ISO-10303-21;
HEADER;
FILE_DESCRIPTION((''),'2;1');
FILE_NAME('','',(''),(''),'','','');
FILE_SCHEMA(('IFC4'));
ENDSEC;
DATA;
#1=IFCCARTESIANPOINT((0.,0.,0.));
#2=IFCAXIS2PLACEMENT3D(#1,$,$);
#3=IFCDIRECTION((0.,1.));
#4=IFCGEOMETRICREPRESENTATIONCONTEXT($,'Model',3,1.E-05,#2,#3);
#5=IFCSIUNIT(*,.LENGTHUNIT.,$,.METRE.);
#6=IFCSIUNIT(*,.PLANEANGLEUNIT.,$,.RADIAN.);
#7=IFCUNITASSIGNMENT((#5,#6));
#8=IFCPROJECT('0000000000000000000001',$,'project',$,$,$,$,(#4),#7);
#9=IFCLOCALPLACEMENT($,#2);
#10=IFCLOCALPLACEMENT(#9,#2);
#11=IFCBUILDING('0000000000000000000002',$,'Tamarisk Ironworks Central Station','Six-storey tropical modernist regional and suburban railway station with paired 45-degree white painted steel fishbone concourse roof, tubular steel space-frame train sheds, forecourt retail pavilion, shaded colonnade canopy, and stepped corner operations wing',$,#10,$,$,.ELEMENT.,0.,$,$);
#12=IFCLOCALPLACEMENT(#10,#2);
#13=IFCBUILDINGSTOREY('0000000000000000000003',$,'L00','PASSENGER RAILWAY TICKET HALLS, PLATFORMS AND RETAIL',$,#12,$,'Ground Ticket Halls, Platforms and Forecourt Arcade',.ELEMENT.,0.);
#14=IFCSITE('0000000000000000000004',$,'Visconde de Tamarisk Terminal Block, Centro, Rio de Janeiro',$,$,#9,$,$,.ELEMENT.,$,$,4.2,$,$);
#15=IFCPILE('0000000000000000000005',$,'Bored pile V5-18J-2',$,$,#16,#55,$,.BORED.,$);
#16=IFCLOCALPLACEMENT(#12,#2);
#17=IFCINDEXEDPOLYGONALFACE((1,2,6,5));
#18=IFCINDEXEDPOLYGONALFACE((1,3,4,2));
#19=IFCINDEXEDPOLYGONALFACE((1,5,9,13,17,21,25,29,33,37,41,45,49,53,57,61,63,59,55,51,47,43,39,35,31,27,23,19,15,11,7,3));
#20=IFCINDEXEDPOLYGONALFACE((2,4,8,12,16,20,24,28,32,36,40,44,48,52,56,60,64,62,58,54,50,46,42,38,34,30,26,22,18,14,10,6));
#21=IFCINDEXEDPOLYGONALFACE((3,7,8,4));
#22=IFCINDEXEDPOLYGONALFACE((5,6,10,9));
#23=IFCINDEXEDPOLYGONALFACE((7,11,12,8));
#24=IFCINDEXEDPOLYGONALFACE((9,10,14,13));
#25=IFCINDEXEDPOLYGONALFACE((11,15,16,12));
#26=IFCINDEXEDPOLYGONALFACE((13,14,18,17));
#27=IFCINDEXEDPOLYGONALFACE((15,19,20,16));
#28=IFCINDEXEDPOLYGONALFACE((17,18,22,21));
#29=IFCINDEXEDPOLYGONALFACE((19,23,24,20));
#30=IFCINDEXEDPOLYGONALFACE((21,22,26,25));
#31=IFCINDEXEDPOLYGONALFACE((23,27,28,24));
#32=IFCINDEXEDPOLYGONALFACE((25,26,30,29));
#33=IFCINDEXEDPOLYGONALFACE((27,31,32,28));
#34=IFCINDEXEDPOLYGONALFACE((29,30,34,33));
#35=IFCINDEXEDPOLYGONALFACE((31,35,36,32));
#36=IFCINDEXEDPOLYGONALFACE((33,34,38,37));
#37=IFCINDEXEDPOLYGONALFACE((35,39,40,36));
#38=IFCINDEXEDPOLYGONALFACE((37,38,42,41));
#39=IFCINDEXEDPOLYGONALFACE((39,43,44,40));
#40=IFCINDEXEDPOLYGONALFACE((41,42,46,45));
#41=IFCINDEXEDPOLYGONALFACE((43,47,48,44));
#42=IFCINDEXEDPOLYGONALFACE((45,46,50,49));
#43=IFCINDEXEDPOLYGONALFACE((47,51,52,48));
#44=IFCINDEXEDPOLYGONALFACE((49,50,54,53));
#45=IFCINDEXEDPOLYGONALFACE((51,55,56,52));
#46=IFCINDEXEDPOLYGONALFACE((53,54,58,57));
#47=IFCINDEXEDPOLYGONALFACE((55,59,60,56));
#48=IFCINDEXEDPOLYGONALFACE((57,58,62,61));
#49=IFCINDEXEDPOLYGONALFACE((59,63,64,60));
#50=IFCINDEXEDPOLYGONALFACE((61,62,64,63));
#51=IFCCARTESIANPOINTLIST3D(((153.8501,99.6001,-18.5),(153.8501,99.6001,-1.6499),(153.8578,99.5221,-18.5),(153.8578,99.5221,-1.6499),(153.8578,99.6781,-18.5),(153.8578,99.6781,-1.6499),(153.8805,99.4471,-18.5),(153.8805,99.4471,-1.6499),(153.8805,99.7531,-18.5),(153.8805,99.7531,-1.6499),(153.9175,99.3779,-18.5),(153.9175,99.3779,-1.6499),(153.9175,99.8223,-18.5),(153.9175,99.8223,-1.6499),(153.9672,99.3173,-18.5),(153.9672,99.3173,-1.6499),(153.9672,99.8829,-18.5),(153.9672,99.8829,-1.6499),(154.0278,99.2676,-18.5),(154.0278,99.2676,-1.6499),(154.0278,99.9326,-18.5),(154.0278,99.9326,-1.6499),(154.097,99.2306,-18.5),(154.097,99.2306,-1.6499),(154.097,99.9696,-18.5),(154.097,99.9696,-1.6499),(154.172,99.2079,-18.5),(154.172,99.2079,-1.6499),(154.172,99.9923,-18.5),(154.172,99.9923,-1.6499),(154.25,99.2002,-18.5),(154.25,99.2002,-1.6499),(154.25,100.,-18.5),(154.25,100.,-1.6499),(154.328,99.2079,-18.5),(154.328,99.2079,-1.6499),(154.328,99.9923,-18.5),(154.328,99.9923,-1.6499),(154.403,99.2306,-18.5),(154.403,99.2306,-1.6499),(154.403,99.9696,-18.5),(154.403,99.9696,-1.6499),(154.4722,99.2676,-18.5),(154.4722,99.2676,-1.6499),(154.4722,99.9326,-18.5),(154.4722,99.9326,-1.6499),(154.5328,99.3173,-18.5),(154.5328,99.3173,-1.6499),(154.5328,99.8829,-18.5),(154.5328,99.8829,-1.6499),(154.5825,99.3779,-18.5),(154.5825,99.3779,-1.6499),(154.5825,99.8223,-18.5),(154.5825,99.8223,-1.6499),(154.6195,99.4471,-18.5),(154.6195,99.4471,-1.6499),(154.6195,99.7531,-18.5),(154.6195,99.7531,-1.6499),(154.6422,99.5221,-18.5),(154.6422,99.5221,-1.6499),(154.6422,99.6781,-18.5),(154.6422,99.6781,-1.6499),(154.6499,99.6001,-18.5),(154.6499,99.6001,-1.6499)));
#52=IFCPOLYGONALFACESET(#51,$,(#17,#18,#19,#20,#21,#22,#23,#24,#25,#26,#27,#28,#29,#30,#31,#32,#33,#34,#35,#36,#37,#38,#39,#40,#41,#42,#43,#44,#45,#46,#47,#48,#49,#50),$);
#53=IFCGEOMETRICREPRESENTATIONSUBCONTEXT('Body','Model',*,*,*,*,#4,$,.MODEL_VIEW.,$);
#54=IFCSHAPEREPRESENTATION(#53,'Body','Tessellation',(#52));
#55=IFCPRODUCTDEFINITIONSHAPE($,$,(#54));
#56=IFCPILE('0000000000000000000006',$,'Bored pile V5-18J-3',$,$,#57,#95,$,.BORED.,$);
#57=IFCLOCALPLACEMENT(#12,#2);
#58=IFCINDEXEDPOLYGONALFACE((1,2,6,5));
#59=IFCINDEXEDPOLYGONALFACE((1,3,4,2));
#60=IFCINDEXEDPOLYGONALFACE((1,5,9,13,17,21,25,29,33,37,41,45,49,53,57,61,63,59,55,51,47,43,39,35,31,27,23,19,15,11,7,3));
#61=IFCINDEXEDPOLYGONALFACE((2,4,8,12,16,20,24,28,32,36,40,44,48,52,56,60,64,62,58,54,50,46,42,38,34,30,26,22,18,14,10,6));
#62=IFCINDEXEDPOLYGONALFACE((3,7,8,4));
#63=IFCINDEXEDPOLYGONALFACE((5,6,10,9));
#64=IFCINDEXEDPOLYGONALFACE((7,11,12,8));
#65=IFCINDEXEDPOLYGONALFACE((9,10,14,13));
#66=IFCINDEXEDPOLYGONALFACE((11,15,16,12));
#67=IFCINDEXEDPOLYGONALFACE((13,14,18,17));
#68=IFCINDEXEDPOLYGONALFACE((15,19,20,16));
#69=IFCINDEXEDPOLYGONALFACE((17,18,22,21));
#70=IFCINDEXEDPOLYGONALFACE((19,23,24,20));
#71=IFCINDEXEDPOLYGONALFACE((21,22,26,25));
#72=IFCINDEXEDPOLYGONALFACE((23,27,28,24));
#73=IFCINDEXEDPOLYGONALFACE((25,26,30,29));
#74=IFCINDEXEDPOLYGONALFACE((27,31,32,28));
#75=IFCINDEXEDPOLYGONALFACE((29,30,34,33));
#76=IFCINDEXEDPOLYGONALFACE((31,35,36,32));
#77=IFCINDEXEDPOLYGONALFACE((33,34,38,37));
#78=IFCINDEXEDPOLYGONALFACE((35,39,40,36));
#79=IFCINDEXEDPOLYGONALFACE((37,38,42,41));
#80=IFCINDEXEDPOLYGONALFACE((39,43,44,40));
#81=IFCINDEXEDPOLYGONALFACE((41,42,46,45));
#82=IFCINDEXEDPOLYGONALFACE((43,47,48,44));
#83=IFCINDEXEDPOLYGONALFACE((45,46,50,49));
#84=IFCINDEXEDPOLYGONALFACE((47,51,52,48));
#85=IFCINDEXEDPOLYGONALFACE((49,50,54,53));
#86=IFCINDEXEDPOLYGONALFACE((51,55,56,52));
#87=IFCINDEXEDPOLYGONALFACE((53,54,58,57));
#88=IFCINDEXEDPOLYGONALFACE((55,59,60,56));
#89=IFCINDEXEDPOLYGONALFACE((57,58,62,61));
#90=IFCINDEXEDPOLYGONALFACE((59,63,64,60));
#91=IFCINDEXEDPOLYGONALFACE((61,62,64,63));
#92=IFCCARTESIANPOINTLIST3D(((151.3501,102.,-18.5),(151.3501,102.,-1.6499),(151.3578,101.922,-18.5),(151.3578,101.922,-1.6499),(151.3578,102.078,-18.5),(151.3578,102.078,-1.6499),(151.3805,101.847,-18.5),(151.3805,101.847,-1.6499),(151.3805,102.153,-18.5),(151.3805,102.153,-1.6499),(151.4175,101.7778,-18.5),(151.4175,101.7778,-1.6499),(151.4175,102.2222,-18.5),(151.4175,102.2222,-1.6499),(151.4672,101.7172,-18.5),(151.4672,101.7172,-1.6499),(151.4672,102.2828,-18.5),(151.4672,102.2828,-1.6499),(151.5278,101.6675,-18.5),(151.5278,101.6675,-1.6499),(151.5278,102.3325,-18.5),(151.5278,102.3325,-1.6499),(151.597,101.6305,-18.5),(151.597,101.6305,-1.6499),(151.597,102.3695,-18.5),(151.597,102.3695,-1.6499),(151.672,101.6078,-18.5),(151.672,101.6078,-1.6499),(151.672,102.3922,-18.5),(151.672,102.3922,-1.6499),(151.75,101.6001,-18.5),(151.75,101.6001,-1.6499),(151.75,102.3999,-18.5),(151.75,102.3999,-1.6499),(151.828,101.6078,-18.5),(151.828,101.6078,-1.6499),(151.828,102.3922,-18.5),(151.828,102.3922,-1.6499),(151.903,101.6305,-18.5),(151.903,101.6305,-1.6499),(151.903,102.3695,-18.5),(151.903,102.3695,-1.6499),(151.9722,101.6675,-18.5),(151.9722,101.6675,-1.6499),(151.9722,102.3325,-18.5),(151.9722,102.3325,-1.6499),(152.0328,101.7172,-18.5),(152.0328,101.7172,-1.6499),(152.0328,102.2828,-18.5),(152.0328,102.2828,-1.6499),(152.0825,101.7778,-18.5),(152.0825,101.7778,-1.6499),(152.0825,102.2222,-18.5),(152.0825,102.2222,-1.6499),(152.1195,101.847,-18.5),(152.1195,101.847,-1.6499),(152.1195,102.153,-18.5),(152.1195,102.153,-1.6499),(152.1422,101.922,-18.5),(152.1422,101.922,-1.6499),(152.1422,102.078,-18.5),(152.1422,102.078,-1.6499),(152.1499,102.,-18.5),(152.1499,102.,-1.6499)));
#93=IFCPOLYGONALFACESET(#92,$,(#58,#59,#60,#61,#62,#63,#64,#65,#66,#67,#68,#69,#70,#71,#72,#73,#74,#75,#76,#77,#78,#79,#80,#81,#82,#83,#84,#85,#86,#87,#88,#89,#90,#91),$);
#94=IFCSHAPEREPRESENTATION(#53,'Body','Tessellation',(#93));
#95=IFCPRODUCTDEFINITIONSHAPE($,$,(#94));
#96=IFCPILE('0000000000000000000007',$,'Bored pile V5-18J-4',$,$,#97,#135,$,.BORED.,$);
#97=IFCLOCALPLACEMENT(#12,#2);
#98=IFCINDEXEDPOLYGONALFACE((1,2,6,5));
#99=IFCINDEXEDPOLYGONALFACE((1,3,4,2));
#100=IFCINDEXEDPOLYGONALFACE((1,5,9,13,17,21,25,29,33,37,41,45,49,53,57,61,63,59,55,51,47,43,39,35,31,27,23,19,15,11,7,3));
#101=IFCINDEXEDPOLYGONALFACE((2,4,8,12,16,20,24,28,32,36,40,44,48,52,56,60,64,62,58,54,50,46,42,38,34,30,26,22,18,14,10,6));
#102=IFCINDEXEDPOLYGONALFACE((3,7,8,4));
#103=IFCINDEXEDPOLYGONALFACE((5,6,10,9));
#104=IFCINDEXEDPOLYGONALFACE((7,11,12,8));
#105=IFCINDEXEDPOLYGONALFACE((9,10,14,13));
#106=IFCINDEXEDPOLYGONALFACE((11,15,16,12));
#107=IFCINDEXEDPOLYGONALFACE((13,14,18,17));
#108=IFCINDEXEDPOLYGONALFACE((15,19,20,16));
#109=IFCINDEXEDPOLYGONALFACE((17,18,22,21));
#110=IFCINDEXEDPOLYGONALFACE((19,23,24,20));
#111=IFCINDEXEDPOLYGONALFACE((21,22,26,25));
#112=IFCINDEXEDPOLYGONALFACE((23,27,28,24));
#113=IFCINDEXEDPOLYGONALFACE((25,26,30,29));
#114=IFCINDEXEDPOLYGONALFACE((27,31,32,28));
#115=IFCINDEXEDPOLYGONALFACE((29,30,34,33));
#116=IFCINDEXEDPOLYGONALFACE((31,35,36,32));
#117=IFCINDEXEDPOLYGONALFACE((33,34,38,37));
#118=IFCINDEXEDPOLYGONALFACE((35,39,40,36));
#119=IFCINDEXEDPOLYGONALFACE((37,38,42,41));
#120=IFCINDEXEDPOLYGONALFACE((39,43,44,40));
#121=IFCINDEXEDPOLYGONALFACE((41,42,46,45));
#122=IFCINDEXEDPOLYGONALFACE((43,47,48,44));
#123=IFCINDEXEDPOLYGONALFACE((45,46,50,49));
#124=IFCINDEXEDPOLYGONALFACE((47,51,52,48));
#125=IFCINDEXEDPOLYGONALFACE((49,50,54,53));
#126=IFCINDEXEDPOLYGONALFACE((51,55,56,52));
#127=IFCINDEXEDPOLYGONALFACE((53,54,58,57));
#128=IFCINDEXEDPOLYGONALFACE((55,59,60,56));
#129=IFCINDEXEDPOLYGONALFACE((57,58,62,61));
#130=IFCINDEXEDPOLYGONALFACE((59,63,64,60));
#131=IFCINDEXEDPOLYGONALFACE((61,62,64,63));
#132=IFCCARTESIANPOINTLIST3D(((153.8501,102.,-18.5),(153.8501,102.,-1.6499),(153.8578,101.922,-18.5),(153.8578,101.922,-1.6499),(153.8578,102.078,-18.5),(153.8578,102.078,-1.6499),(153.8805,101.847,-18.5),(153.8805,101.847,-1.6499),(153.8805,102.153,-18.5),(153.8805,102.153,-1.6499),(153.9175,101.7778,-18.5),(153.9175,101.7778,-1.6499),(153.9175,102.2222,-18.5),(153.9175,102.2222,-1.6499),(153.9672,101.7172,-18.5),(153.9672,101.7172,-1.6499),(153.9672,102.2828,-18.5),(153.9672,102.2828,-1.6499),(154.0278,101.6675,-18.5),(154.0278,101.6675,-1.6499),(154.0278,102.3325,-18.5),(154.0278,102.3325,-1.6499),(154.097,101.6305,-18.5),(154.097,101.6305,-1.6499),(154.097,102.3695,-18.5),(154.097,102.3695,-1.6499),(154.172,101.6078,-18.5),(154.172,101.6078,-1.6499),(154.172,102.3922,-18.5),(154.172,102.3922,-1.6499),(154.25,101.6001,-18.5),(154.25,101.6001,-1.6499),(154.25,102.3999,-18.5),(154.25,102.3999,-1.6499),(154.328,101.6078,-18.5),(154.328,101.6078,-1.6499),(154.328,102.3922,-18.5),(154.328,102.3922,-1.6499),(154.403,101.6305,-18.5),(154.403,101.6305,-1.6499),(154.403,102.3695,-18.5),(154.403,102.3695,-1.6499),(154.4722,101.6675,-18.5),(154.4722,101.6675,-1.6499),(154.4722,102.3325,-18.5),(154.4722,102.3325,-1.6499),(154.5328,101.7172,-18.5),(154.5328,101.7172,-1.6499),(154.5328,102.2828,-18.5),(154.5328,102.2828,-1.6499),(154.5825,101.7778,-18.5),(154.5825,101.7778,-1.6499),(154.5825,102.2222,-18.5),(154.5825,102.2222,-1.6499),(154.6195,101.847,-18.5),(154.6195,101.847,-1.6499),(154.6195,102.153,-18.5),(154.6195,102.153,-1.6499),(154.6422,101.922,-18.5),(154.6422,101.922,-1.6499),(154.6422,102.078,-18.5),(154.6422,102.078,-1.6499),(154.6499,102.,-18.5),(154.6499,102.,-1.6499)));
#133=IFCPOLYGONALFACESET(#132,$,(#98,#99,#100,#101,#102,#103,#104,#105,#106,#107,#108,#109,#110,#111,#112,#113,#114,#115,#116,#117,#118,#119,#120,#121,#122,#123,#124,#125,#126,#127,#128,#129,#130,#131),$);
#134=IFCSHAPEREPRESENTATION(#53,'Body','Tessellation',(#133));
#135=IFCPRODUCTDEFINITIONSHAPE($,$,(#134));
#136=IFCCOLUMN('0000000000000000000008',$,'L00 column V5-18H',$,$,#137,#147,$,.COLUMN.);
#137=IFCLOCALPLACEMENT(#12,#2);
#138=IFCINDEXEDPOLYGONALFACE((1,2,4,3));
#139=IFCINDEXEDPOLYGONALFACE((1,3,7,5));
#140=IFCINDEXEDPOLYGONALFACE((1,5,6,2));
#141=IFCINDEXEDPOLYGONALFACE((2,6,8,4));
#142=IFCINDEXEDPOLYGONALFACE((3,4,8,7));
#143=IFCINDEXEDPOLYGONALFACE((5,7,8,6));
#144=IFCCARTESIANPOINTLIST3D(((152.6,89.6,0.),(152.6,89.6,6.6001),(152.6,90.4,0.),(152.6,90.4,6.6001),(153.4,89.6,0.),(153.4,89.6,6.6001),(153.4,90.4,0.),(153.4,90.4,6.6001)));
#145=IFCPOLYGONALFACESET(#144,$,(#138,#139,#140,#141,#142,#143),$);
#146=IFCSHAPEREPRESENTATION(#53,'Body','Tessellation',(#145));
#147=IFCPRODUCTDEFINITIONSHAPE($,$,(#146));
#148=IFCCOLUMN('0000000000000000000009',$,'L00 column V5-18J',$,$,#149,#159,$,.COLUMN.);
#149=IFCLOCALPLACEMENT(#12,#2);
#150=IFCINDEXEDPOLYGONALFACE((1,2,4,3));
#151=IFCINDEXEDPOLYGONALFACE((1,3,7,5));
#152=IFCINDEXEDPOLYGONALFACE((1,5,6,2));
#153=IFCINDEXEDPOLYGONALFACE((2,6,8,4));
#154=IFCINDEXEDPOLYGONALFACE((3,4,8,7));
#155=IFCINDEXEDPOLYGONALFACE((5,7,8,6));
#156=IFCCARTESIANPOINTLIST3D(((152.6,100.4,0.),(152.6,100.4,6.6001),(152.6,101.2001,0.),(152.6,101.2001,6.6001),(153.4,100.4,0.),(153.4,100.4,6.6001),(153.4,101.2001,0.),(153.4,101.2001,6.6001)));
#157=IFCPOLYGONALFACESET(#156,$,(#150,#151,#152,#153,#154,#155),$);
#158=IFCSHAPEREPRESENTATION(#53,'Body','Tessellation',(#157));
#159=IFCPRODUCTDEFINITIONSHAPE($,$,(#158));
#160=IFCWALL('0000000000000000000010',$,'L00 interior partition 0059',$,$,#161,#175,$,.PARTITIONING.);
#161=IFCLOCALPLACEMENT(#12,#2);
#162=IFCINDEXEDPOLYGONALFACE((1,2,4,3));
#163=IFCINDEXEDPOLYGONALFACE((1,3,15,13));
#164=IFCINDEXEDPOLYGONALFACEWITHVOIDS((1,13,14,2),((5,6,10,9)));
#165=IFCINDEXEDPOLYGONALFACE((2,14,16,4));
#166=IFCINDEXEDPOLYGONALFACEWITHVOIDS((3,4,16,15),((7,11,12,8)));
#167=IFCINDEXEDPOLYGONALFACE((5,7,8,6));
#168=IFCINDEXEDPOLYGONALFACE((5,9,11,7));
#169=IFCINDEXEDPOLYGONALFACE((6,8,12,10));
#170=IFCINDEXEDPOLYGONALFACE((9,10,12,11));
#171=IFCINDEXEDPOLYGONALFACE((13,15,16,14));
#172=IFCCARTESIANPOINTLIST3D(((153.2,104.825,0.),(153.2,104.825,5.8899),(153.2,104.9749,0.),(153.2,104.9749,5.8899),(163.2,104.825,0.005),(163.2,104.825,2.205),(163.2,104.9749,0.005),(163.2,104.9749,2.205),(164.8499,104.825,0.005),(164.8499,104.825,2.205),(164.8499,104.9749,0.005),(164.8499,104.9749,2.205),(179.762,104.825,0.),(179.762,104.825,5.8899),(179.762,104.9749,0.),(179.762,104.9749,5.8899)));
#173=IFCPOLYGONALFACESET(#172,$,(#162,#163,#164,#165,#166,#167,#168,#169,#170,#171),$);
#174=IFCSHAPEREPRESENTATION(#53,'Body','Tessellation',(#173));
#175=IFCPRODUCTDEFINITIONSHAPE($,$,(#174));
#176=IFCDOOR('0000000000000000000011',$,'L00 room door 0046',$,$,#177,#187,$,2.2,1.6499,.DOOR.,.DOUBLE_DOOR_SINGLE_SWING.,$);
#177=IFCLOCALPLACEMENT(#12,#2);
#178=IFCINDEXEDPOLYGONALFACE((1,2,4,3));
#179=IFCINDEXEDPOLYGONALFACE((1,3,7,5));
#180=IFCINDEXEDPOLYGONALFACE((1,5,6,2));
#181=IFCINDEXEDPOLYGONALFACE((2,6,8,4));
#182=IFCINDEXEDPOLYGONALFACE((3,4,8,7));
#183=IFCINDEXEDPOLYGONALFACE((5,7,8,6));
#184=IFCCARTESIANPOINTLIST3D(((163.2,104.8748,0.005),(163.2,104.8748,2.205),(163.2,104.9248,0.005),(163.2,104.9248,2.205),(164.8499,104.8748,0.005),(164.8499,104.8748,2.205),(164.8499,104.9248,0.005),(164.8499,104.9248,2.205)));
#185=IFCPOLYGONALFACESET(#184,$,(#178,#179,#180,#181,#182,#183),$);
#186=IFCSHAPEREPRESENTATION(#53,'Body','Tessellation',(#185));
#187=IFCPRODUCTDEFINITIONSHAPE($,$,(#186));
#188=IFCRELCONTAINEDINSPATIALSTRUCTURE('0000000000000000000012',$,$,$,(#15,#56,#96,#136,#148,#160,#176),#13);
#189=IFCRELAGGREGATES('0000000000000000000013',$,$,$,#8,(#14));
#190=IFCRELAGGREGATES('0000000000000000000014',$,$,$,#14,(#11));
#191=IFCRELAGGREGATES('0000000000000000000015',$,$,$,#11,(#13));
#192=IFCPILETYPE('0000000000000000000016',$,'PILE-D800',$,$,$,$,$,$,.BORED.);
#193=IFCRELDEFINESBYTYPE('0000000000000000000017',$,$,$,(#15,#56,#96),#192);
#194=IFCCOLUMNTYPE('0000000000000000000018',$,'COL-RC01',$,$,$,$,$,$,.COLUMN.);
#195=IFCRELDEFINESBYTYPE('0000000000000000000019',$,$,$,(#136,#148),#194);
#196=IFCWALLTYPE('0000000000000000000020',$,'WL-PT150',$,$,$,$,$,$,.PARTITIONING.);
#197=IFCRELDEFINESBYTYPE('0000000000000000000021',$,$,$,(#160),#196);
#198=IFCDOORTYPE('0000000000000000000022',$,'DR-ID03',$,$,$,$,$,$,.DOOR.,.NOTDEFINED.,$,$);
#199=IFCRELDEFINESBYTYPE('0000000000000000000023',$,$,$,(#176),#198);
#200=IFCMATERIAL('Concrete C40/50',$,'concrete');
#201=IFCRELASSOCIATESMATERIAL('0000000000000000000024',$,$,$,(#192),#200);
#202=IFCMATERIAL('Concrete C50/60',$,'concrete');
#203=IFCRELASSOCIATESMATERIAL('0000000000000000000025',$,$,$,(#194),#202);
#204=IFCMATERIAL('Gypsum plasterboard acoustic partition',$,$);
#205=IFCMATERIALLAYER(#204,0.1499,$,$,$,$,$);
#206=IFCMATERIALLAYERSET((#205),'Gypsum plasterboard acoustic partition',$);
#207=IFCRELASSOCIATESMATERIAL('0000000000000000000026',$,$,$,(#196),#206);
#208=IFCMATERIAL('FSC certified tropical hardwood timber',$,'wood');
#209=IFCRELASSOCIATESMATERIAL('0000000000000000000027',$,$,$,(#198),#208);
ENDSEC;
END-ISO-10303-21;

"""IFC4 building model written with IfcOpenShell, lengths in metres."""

from ifc_helpers import new_model, si_unit, direction, frame, frame_2d, origin, origin_2d, place, context, subcontext, project, spatial, rectangle, circle, extrude, material, layer, layer_set, material_profile, profile_set, type_object, element, fill, save


model = new_model("IFC4")

# Units and contexts
model_context = context("Model", 3, precision=1e-05, world=origin(), true_north=direction((0.0, 1.0)))
body_context = subcontext(model_context, "Body", "Model", "MODEL_VIEW")
ifc_project = project(units=[si_unit("LENGTHUNIT", "METRE"), si_unit("PLANEANGLEUNIT", "RADIAN")], contexts=[model_context])

# Site, building, storey
site_placement = place(None, origin())
site = spatial("IfcSite", under=ifc_project, at=site_placement, Name="Visconde de Tamarisk Terminal Block, Centro, Rio de Janeiro", CompositionType="ELEMENT", RefElevation=4.2)
building_placement = place(site_placement, origin())
building = spatial("IfcBuilding", under=site, at=building_placement, Name="Tamarisk Ironworks Central Station", Description="Six-storey tropical modernist regional and suburban railway station with paired 45-degree white painted steel fishbone concourse roof, tubular steel space-frame train sheds, forecourt retail pavilion, shaded colonnade canopy, and stepped corner operations wing", CompositionType="ELEMENT", ElevationOfRefHeight=0.0)
storey_placement = place(building_placement, origin())
storey = spatial("IfcBuildingStorey", under=building, at=storey_placement, Name="L00", Description="PASSENGER RAILWAY TICKET HALLS, PLATFORMS AND RETAIL", LongName="Ground Ticket Halls, Platforms and Forecourt Arcade", CompositionType="ELEMENT", Elevation=0.0)

# Shared definitions
ifc_material_1 = material(Name="Concrete C40/50", Category="concrete")

# Piles
ifc_material_profile_1 = material_profile(ifc_material_1, circle(Radius=0.3999, at=origin_2d()), Name="BORED PILE D800")
ifc_profile_set_1 = profile_set([ifc_material_profile_1], Name="Concrete C40/50")
pile_type = type_object("IfcPileType", Name="PILE-D800", PredefinedType="BORED", material=ifc_profile_set_1)
for number, where, z_axis, x_axis, name in (
    (1, (154.25, 99.6001, -1.6499), (0.0, 0.0, -1.0), (1.0, 0.0, 0.0), "Bored pile V5-18J-2"),
    (2, (151.75, 102.0, -1.6499), (0.0, 0.0, -1.0), (1.0, 0.0, 0.0), "Bored pile V5-18J-3"),
    (3, (154.25, 102.0, -1.6499), (0.0, 0.0, -1.0), (1.0, 0.0, 0.0), "Bored pile V5-18J-4"),
):
    element("IfcPile", number, at=place(storey_placement, frame(where, z_axis=z_axis, x_axis=x_axis)), inside=storey, type_object=pile_type, Name=name, PredefinedType="BORED", context=body_context, shape_type="SweptSolid", body=[
        extrude(circle(Radius=0.3999, at=origin_2d()), origin(), (0.0, 0.0, 1.0), 16.8501),
    ])

# Columns
ifc_material_2 = material(Name="Concrete C50/60", Category="concrete")
ifc_material_profile_2 = material_profile(ifc_material_2, rectangle(XDim=0.8, YDim=0.8, at=origin_2d()), Name="RC 800x800")
ifc_profile_set_2 = profile_set([ifc_material_profile_2], Name="Concrete C50/60")
column_type = type_object("IfcColumnType", Name="COL-RC01", PredefinedType="COLUMN", material=ifc_profile_set_2)
for number, where, z_axis, x_axis, name in (
    (4, (153.0, 90.0, 0.0), (0.0, 0.0, 1.0), (1.0, 0.0, 0.0), "L00 column V5-18H"),
    (5, (153.0, 100.8, 0.0), (0.0, 0.0, 1.0), (1.0, 0.0, 0.0), "L00 column V5-18J"),
):
    element("IfcColumn", number, at=place(storey_placement, frame(where, z_axis=z_axis, x_axis=x_axis)), inside=storey, type_object=column_type, Name=name, PredefinedType="COLUMN", context=body_context, shape_type="SweptSolid", body=[
        extrude(rectangle(XDim=0.8, YDim=0.8, at=origin_2d()), origin(), (0.0, 0.0, 1.0), 6.6001),
    ])

# Wall, opening, door
ifc_material_3 = material(Name="Gypsum plasterboard acoustic partition")
ifc_layer_1 = layer(ifc_material_3, 0.1499)
ifc_layer_set_1 = layer_set([ifc_layer_1], Name="Gypsum plasterboard acoustic partition")
wall_type_1 = type_object("IfcWallType", Name="WL-PT150", PredefinedType="PARTITIONING", material=ifc_layer_set_1)
wall_1_placement = place(storey_placement, frame((153.2, 104.8999, 0.0), z_axis=(0.0, 0.0, 1.0), x_axis=(1.0, 0.0, 0.0)))
wall_1 = element("IfcWall", 6, at=wall_1_placement, inside=storey, type_object=wall_type_1, Name="L00 interior partition 0059", PredefinedType="PARTITIONING", context=body_context, shape_type="SweptSolid", body=[
    extrude(rectangle(XDim=26.562, YDim=0.1499, at=frame_2d((13.281, 0.0))), origin(), (0.0, 0.0, 1.0), 5.8899),
])
opening_1_placement = place(wall_1_placement, frame((10.0, 0.0, 0.0049)))
opening_1 = element("IfcOpeningElement", 7, at=opening_1_placement, cuts=wall_1, PredefinedType="OPENING", context=body_context, shape_type="SweptSolid", body=[
    extrude(rectangle(XDim=1.6499, YDim=2.2, at=frame_2d((0.825, 1.1001))), frame((0.0, 0.0869, 0.0), z_axis=(0.0, -1.0, 0.0), x_axis=(1.0, 0.0, 0.0)), (0.0, 0.0, 1.0), 0.1738),
])
ifc_material_4 = material(Name="FSC certified tropical hardwood timber", Category="wood")
door_type_1 = type_object("IfcDoorType", Name="DR-ID03", OperationType="NOTDEFINED", PredefinedType="DOOR", material=ifc_material_4)
door_1_placement = place(opening_1_placement, origin())
door_1 = element("IfcDoor", 8, at=door_1_placement, inside=storey, type_object=door_type_1, Name="L00 room door 0046", OperationType="DOUBLE_DOOR_SINGLE_SWING", OverallHeight=2.2, OverallWidth=1.6499, PredefinedType="DOOR", context=body_context, shape_type="SweptSolid", body=[
    extrude(rectangle(XDim=1.6499, YDim=2.2, at=frame_2d((0.825, 1.1001))), frame((0.0, 0.0249, 0.0), z_axis=(0.0, -1.0, 0.0), x_axis=(1.0, 0.0, 0.0)), (0.0, 0.0, 1.0), 0.05),
])
fill(opening_1, door_1)

save(model, "model.ifc")
